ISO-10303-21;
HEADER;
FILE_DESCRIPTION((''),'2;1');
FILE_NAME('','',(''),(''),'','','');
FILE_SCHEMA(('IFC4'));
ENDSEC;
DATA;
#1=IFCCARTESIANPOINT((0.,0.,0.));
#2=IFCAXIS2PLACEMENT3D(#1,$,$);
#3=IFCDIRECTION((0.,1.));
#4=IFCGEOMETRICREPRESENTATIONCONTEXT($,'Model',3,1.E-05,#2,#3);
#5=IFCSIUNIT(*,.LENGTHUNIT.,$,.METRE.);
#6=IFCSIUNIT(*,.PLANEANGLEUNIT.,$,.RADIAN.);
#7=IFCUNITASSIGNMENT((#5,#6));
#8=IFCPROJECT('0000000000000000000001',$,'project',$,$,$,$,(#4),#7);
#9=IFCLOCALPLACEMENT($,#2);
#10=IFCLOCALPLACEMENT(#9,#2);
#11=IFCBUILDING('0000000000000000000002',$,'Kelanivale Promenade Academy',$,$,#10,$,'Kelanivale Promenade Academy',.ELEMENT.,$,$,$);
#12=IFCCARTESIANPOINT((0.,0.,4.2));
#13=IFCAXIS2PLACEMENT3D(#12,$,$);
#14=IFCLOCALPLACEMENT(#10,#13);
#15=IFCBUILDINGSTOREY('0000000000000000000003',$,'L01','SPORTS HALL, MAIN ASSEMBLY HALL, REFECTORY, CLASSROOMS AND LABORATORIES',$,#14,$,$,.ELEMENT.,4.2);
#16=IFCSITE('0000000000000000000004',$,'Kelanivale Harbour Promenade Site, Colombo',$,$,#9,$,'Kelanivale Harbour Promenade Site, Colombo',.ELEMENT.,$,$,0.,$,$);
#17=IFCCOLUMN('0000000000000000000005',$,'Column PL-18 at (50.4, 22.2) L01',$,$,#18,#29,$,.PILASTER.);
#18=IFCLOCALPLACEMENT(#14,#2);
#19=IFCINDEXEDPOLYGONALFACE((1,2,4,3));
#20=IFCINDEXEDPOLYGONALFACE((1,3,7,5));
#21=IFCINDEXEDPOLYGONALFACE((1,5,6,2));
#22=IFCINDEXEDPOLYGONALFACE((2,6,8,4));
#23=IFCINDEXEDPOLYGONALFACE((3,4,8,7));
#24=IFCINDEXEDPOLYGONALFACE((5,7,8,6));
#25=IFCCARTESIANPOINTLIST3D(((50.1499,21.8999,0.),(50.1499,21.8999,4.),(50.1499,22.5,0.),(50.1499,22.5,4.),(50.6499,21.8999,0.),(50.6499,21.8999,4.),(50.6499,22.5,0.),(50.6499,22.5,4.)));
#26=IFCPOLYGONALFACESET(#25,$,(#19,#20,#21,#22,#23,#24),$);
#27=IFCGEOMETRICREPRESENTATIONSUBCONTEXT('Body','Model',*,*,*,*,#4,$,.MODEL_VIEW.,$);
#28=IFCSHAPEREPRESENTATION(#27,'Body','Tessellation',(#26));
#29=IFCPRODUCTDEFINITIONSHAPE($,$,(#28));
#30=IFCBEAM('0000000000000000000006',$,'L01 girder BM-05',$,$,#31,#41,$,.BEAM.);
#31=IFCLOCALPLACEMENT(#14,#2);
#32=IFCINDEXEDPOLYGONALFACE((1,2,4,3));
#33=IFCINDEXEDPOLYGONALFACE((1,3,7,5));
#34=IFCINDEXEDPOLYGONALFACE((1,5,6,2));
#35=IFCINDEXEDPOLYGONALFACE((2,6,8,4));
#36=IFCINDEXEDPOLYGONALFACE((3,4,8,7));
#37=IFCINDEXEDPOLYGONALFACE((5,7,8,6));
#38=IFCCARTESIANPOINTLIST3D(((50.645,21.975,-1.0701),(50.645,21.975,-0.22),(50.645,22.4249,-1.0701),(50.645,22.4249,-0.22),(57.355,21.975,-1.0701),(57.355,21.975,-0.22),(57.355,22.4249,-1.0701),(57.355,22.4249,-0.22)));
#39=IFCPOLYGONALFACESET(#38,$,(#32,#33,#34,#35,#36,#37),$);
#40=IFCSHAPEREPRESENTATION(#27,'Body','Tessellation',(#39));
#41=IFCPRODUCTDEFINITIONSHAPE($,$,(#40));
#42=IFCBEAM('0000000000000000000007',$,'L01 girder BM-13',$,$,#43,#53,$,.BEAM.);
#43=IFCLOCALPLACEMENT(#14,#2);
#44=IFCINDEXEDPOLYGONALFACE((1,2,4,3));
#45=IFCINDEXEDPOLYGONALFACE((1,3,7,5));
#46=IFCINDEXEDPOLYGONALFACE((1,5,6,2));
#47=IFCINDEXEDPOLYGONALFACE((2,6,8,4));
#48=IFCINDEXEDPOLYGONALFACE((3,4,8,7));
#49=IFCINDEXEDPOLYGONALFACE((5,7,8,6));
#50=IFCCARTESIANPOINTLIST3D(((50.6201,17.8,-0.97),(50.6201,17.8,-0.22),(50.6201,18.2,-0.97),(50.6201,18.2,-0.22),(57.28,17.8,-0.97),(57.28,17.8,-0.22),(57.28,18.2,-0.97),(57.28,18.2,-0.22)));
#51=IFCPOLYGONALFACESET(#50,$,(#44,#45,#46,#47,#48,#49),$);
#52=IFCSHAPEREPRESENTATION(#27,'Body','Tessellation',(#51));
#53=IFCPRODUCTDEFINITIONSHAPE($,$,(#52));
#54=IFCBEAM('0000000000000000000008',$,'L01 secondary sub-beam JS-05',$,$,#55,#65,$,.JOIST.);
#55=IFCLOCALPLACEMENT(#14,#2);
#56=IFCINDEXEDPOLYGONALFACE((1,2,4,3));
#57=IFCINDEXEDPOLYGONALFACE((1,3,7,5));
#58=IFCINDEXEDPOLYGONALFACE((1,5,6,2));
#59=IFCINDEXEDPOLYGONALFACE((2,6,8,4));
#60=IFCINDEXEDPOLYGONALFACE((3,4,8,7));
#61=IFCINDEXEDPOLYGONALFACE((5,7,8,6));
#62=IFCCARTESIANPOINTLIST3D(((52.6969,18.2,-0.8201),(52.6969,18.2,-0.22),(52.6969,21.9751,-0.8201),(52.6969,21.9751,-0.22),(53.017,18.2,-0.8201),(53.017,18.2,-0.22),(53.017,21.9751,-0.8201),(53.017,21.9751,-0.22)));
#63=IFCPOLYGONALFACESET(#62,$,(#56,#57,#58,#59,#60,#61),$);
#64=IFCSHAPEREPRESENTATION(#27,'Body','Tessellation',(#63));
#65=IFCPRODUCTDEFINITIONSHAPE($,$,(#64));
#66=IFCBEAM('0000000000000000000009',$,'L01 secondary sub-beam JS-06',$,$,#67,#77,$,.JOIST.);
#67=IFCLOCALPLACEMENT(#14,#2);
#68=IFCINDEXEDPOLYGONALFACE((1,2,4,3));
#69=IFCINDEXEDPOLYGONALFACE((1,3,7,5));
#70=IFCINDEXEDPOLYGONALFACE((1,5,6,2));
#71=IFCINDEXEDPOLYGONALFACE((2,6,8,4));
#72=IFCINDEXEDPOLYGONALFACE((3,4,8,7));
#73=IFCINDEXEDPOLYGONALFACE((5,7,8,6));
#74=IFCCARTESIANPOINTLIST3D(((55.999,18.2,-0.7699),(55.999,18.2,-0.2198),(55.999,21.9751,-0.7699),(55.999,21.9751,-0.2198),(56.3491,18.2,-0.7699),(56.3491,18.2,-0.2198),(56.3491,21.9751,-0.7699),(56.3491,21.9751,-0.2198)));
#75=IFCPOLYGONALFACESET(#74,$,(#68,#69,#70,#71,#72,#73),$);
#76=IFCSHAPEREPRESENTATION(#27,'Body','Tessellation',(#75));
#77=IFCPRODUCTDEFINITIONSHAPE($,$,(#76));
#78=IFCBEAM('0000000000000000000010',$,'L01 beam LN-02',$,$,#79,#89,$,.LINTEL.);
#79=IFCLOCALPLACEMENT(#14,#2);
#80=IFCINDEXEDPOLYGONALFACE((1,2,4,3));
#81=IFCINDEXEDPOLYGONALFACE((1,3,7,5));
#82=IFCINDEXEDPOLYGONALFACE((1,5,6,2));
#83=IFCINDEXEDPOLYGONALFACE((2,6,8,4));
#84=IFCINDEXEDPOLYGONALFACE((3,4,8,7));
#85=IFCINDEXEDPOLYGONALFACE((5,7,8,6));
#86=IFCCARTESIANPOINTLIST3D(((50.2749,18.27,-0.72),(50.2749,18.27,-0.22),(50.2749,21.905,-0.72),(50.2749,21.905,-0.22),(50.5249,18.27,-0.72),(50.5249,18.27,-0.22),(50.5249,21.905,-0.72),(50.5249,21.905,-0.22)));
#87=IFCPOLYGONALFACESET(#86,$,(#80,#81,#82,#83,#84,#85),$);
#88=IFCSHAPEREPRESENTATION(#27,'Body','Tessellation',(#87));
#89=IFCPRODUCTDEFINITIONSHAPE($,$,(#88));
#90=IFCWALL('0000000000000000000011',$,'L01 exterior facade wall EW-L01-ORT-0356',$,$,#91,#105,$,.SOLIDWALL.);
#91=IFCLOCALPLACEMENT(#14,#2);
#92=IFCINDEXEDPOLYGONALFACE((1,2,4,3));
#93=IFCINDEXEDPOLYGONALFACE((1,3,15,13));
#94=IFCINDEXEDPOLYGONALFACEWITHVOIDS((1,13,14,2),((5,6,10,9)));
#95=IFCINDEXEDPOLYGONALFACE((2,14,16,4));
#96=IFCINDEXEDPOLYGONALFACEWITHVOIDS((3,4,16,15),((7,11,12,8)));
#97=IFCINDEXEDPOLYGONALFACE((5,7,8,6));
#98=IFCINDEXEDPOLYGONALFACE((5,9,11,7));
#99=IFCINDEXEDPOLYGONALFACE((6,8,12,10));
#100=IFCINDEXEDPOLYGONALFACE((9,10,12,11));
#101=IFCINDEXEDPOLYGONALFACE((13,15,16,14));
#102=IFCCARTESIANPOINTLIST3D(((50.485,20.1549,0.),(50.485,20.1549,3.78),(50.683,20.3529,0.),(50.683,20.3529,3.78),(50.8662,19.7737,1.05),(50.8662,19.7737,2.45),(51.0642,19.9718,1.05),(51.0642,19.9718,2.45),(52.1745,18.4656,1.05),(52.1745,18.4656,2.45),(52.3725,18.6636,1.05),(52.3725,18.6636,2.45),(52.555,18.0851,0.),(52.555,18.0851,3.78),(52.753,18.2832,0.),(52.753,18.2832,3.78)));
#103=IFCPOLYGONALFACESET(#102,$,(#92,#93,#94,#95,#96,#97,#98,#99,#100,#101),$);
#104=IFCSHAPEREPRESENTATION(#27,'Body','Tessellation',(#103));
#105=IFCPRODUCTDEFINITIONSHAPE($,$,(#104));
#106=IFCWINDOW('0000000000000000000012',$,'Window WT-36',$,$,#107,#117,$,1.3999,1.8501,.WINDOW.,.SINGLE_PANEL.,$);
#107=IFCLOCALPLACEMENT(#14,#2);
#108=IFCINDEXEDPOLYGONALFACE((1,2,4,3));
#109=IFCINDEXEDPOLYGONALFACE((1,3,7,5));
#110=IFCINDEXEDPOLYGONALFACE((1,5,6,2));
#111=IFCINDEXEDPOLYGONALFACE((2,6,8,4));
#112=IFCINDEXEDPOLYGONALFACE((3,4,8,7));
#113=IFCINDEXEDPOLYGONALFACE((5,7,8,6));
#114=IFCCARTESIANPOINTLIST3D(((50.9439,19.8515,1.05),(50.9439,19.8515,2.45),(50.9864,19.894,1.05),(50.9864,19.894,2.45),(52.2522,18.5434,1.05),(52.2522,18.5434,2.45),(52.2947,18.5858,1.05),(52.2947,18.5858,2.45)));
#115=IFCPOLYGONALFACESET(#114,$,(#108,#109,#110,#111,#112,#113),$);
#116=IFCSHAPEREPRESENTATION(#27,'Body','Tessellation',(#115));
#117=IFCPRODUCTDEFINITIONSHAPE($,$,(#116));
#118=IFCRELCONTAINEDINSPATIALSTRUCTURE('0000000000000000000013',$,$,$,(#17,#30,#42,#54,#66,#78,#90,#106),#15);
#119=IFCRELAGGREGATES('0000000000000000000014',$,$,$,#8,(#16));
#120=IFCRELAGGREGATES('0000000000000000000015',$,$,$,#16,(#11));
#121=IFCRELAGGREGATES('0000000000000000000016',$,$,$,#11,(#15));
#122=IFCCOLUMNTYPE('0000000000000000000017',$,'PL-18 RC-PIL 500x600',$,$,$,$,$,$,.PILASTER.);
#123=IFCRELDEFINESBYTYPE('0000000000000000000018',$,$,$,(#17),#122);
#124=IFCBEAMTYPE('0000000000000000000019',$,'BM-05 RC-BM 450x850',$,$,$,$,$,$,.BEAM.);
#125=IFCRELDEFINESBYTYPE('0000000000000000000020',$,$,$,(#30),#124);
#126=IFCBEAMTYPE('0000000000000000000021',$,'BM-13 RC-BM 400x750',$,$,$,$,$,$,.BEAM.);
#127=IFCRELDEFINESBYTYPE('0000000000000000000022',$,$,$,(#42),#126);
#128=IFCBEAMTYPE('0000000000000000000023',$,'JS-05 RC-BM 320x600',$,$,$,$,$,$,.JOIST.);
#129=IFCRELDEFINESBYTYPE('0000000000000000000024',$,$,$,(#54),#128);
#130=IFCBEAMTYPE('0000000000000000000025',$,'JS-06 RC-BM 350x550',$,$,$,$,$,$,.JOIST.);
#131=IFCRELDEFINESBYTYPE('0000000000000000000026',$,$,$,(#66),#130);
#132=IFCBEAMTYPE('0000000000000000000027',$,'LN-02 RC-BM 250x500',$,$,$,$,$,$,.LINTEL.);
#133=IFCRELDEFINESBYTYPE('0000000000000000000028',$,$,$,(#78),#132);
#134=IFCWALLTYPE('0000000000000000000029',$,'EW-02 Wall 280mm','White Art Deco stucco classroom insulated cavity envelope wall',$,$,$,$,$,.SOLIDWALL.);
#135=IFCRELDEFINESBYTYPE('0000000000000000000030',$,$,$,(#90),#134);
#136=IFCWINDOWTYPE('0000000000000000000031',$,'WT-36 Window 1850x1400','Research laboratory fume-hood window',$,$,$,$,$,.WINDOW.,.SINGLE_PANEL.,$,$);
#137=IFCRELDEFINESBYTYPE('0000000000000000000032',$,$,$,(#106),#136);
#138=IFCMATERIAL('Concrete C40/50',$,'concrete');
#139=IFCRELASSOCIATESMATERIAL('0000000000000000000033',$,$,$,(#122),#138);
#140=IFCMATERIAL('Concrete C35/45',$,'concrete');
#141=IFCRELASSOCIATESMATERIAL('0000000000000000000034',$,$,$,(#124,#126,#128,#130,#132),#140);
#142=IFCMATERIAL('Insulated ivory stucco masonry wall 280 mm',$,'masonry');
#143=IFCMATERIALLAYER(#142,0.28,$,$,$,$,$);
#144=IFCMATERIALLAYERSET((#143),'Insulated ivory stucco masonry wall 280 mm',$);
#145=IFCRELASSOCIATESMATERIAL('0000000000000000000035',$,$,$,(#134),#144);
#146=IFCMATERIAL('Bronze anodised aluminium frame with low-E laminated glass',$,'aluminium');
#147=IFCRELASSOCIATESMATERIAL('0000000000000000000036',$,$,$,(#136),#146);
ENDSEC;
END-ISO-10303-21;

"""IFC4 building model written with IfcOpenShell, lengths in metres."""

from ifc_helpers import new_model, si_unit, direction, frame, frame_2d, origin, origin_2d, place, context, subcontext, project, spatial, rectangle, extrude, material, layer, layer_set, material_profile, profile_set, type_object, element, fill, save


model = new_model("IFC4")

# Units and contexts
model_context = context("Model", 3, precision=1e-05, world=origin(), true_north=direction((0.0, 1.0)))
body_context = subcontext(model_context, "Body", "Model", "MODEL_VIEW")
ifc_project = project(units=[si_unit("LENGTHUNIT", "METRE"), si_unit("PLANEANGLEUNIT", "RADIAN")], contexts=[model_context])

# Site, building, storey
site_placement = place(None, origin())
site = spatial("IfcSite", under=ifc_project, at=site_placement, Name="Kelanivale Harbour Promenade Site, Colombo", LongName="Kelanivale Harbour Promenade Site, Colombo", CompositionType="ELEMENT", RefElevation=0.0)
building_placement = place(site_placement, origin())
building = spatial("IfcBuilding", under=site, at=building_placement, Name="Kelanivale Promenade Academy", LongName="Kelanivale Promenade Academy", CompositionType="ELEMENT")
storey_placement = place(building_placement, frame((0.0, 0.0, 4.2)))
storey = spatial("IfcBuildingStorey", under=building, at=storey_placement, Name="L01", Description="SPORTS HALL, MAIN ASSEMBLY HALL, REFECTORY, CLASSROOMS AND LABORATORIES", CompositionType="ELEMENT", Elevation=4.2)

# Column
ifc_material_1 = material(Name="Concrete C40/50", Category="concrete")
ifc_material_profile_1 = material_profile(ifc_material_1, rectangle(XDim=0.5, YDim=0.6001, at=origin_2d()), Name="RC-PIL 500x600")
ifc_profile_set_1 = profile_set([ifc_material_profile_1], Name="Concrete C40/50")
column_type = type_object("IfcColumnType", Name="PL-18 RC-PIL 500x600", PredefinedType="PILASTER", material=ifc_profile_set_1)
column_placement = place(storey_placement, frame((50.3999, 22.2, 0.0), z_axis=(0.0, 0.0, 1.0), x_axis=(1.0, 0.0, 0.0)))
element("IfcColumn", 1, at=column_placement, inside=storey, type_object=column_type, Name="Column PL-18 at (50.4, 22.2) L01", PredefinedType="PILASTER", context=body_context, shape_type="SweptSolid", body=[
    extrude(rectangle(XDim=0.5, YDim=0.6001, at=origin_2d()), origin(), (0.0, 0.0, 1.0), 4.0),
])

# Beams
ifc_material_2 = material(Name="Concrete C35/45", Category="concrete")
ifc_material_profile_2 = material_profile(ifc_material_2, rectangle(XDim=0.45, YDim=0.8501, at=origin_2d()), Name="RC-BM 450x850")
ifc_profile_set_2 = profile_set([ifc_material_profile_2], Name="Concrete C35/45")
beam_type_1 = type_object("IfcBeamType", Name="BM-05 RC-BM 450x850", PredefinedType="BEAM", material=ifc_profile_set_2)
beam_1_placement = place(storey_placement, frame((50.645, 22.2, -0.645), z_axis=(1.0, 0.0, 0.0), x_axis=(0.0, 1.0, 0.0)))
element("IfcBeam", 2, at=beam_1_placement, inside=storey, type_object=beam_type_1, Name="L01 girder BM-05", PredefinedType="BEAM", context=body_context, shape_type="SweptSolid", body=[
    extrude(rectangle(XDim=0.45, YDim=0.8501, at=origin_2d()), origin(), (0.0, 0.0, 1.0), 6.71),
])
ifc_material_profile_3 = material_profile(ifc_material_2, rectangle(XDim=0.3999, YDim=0.75, at=origin_2d()), Name="RC-BM 400x750")
ifc_profile_set_3 = profile_set([ifc_material_profile_3], Name="Concrete C35/45")
beam_type_2 = type_object("IfcBeamType", Name="BM-13 RC-BM 400x750", PredefinedType="BEAM", material=ifc_profile_set_3)
beam_2_placement = place(storey_placement, frame((50.6201, 18.0, -0.595), z_axis=(1.0, 0.0, 0.0), x_axis=(0.0, 1.0, 0.0)))
element("IfcBeam", 3, at=beam_2_placement, inside=storey, type_object=beam_type_2, Name="L01 girder BM-13", PredefinedType="BEAM", context=body_context, shape_type="SweptSolid", body=[
    extrude(rectangle(XDim=0.3999, YDim=0.75, at=origin_2d()), origin(), (0.0, 0.0, 1.0), 6.6599),
])
ifc_material_profile_4 = material_profile(ifc_material_2, rectangle(XDim=0.3201, YDim=0.6001, at=origin_2d()), Name="RC-BM 320x600")
ifc_profile_set_4 = profile_set([ifc_material_profile_4], Name="Concrete C35/45")
beam_type_3 = type_object("IfcBeamType", Name="JS-05 RC-BM 320x600", PredefinedType="JOIST", material=ifc_profile_set_4)
beam_3_placement = place(storey_placement, frame((52.8569, 18.2, -0.52), z_axis=(0.0, 1.0, 0.0), x_axis=(-1.0, 0.0, 0.0)))
element("IfcBeam", 4, at=beam_3_placement, inside=storey, type_object=beam_type_3, Name="L01 secondary sub-beam JS-05", PredefinedType="JOIST", context=body_context, shape_type="SweptSolid", body=[
    extrude(rectangle(XDim=0.3201, YDim=0.6001, at=origin_2d()), origin(), (0.0, 0.0, 1.0), 3.7751),
])
ifc_material_profile_5 = material_profile(ifc_material_2, rectangle(XDim=0.3501, YDim=0.55, at=origin_2d()), Name="RC-BM 350x550")
ifc_profile_set_5 = profile_set([ifc_material_profile_5], Name="Concrete C35/45")
beam_type_4 = type_object("IfcBeamType", Name="JS-06 RC-BM 350x550", PredefinedType="JOIST", material=ifc_profile_set_5)
beam_4_placement = place(storey_placement, frame((56.1741, 18.2, -0.4949), z_axis=(0.0, 1.0, 0.0), x_axis=(-1.0, 0.0, 0.0)))
element("IfcBeam", 5, at=beam_4_placement, inside=storey, type_object=beam_type_4, Name="L01 secondary sub-beam JS-06", PredefinedType="JOIST", context=body_context, shape_type="SweptSolid", body=[
    extrude(rectangle(XDim=0.3501, YDim=0.55, at=origin_2d()), origin(), (0.0, 0.0, 1.0), 3.7751),
])
ifc_material_profile_6 = material_profile(ifc_material_2, rectangle(XDim=0.25, YDim=0.5, at=origin_2d()), Name="RC-BM 250x500")
ifc_profile_set_6 = profile_set([ifc_material_profile_6], Name="Concrete C35/45")
beam_type_5 = type_object("IfcBeamType", Name="LN-02 RC-BM 250x500", PredefinedType="LINTEL", material=ifc_profile_set_6)
beam_5_placement = place(storey_placement, frame((50.3999, 18.27, -0.47), z_axis=(0.0, 1.0, 0.0), x_axis=(-1.0, 0.0, 0.0)))
element("IfcBeam", 6, at=beam_5_placement, inside=storey, type_object=beam_type_5, Name="L01 beam LN-02", PredefinedType="LINTEL", context=body_context, shape_type="SweptSolid", body=[
    extrude(rectangle(XDim=0.25, YDim=0.5, at=origin_2d()), origin(), (0.0, 0.0, 1.0), 3.635),
])

# Wall, opening, window
ifc_material_3 = material(Name="Insulated ivory stucco masonry wall 280 mm", Category="masonry")
ifc_layer_1 = layer(ifc_material_3, 0.28)
ifc_layer_set_1 = layer_set([ifc_layer_1], Name="Insulated ivory stucco masonry wall 280 mm")
wall_type = type_object("IfcWallType", Name="EW-02 Wall 280mm", Description="White Art Deco stucco classroom insulated cavity envelope wall", PredefinedType="SOLIDWALL", material=ifc_layer_set_1)
wall_1_placement = place(storey_placement, frame((50.584, 20.2539, 0.0), z_axis=(0.0, 0.0, 1.0), x_axis=(0.707148, -0.707065, 0.0)))
wall_1 = element("IfcWall", 7, at=wall_1_placement, inside=storey, type_object=wall_type, Name="L01 exterior facade wall EW-L01-ORT-0356", PredefinedType="SOLIDWALL", context=body_context, shape_type="SweptSolid", body=[
    extrude(rectangle(XDim=2.9272, YDim=0.28, at=frame_2d((1.4636, 0.0))), origin(), (0.0, 0.0, 1.0), 3.78),
])
opening_1_placement = place(wall_1_placement, frame((0.5391, 0.0, 1.05)))
opening_1 = element("IfcOpeningElement", 8, at=opening_1_placement, cuts=wall_1, PredefinedType="OPENING", context=body_context, shape_type="SweptSolid", body=[
    extrude(rectangle(XDim=1.8501, YDim=1.3999, at=frame_2d((0.925, 0.7))), frame((0.0, 0.1499, 0.0), z_axis=(0.0, -1.0, 0.0), x_axis=(1.0, 0.0, 0.0)), (0.0, 0.0, 1.0), 0.3),
])
ifc_material_4 = material(Name="Bronze anodised aluminium frame with low-E laminated glass", Category="aluminium")
window_type_1 = type_object("IfcWindowType", Name="WT-36 Window 1850x1400", Description="Research laboratory fume-hood window", PartitioningType="SINGLE_PANEL", PredefinedType="WINDOW", material=ifc_material_4)
window_1_placement = place(opening_1_placement, origin())
window_1 = element("IfcWindow", 9, at=window_1_placement, inside=storey, type_object=window_type_1, Name="Window WT-36", OverallHeight=1.3999, OverallWidth=1.8501, PartitioningType="SINGLE_PANEL", PredefinedType="WINDOW", context=body_context, shape_type="SweptSolid", body=[
    extrude(rectangle(XDim=1.8501, YDim=1.3999, at=frame_2d((0.925, 0.7))), frame((0.0, 0.03, 0.0), z_axis=(0.0, -1.0, 0.0), x_axis=(1.0, 0.0, 0.0)), (0.0, 0.0, 1.0), 0.0601),
])
fill(opening_1, window_1)

save(model, "model.ifc")
